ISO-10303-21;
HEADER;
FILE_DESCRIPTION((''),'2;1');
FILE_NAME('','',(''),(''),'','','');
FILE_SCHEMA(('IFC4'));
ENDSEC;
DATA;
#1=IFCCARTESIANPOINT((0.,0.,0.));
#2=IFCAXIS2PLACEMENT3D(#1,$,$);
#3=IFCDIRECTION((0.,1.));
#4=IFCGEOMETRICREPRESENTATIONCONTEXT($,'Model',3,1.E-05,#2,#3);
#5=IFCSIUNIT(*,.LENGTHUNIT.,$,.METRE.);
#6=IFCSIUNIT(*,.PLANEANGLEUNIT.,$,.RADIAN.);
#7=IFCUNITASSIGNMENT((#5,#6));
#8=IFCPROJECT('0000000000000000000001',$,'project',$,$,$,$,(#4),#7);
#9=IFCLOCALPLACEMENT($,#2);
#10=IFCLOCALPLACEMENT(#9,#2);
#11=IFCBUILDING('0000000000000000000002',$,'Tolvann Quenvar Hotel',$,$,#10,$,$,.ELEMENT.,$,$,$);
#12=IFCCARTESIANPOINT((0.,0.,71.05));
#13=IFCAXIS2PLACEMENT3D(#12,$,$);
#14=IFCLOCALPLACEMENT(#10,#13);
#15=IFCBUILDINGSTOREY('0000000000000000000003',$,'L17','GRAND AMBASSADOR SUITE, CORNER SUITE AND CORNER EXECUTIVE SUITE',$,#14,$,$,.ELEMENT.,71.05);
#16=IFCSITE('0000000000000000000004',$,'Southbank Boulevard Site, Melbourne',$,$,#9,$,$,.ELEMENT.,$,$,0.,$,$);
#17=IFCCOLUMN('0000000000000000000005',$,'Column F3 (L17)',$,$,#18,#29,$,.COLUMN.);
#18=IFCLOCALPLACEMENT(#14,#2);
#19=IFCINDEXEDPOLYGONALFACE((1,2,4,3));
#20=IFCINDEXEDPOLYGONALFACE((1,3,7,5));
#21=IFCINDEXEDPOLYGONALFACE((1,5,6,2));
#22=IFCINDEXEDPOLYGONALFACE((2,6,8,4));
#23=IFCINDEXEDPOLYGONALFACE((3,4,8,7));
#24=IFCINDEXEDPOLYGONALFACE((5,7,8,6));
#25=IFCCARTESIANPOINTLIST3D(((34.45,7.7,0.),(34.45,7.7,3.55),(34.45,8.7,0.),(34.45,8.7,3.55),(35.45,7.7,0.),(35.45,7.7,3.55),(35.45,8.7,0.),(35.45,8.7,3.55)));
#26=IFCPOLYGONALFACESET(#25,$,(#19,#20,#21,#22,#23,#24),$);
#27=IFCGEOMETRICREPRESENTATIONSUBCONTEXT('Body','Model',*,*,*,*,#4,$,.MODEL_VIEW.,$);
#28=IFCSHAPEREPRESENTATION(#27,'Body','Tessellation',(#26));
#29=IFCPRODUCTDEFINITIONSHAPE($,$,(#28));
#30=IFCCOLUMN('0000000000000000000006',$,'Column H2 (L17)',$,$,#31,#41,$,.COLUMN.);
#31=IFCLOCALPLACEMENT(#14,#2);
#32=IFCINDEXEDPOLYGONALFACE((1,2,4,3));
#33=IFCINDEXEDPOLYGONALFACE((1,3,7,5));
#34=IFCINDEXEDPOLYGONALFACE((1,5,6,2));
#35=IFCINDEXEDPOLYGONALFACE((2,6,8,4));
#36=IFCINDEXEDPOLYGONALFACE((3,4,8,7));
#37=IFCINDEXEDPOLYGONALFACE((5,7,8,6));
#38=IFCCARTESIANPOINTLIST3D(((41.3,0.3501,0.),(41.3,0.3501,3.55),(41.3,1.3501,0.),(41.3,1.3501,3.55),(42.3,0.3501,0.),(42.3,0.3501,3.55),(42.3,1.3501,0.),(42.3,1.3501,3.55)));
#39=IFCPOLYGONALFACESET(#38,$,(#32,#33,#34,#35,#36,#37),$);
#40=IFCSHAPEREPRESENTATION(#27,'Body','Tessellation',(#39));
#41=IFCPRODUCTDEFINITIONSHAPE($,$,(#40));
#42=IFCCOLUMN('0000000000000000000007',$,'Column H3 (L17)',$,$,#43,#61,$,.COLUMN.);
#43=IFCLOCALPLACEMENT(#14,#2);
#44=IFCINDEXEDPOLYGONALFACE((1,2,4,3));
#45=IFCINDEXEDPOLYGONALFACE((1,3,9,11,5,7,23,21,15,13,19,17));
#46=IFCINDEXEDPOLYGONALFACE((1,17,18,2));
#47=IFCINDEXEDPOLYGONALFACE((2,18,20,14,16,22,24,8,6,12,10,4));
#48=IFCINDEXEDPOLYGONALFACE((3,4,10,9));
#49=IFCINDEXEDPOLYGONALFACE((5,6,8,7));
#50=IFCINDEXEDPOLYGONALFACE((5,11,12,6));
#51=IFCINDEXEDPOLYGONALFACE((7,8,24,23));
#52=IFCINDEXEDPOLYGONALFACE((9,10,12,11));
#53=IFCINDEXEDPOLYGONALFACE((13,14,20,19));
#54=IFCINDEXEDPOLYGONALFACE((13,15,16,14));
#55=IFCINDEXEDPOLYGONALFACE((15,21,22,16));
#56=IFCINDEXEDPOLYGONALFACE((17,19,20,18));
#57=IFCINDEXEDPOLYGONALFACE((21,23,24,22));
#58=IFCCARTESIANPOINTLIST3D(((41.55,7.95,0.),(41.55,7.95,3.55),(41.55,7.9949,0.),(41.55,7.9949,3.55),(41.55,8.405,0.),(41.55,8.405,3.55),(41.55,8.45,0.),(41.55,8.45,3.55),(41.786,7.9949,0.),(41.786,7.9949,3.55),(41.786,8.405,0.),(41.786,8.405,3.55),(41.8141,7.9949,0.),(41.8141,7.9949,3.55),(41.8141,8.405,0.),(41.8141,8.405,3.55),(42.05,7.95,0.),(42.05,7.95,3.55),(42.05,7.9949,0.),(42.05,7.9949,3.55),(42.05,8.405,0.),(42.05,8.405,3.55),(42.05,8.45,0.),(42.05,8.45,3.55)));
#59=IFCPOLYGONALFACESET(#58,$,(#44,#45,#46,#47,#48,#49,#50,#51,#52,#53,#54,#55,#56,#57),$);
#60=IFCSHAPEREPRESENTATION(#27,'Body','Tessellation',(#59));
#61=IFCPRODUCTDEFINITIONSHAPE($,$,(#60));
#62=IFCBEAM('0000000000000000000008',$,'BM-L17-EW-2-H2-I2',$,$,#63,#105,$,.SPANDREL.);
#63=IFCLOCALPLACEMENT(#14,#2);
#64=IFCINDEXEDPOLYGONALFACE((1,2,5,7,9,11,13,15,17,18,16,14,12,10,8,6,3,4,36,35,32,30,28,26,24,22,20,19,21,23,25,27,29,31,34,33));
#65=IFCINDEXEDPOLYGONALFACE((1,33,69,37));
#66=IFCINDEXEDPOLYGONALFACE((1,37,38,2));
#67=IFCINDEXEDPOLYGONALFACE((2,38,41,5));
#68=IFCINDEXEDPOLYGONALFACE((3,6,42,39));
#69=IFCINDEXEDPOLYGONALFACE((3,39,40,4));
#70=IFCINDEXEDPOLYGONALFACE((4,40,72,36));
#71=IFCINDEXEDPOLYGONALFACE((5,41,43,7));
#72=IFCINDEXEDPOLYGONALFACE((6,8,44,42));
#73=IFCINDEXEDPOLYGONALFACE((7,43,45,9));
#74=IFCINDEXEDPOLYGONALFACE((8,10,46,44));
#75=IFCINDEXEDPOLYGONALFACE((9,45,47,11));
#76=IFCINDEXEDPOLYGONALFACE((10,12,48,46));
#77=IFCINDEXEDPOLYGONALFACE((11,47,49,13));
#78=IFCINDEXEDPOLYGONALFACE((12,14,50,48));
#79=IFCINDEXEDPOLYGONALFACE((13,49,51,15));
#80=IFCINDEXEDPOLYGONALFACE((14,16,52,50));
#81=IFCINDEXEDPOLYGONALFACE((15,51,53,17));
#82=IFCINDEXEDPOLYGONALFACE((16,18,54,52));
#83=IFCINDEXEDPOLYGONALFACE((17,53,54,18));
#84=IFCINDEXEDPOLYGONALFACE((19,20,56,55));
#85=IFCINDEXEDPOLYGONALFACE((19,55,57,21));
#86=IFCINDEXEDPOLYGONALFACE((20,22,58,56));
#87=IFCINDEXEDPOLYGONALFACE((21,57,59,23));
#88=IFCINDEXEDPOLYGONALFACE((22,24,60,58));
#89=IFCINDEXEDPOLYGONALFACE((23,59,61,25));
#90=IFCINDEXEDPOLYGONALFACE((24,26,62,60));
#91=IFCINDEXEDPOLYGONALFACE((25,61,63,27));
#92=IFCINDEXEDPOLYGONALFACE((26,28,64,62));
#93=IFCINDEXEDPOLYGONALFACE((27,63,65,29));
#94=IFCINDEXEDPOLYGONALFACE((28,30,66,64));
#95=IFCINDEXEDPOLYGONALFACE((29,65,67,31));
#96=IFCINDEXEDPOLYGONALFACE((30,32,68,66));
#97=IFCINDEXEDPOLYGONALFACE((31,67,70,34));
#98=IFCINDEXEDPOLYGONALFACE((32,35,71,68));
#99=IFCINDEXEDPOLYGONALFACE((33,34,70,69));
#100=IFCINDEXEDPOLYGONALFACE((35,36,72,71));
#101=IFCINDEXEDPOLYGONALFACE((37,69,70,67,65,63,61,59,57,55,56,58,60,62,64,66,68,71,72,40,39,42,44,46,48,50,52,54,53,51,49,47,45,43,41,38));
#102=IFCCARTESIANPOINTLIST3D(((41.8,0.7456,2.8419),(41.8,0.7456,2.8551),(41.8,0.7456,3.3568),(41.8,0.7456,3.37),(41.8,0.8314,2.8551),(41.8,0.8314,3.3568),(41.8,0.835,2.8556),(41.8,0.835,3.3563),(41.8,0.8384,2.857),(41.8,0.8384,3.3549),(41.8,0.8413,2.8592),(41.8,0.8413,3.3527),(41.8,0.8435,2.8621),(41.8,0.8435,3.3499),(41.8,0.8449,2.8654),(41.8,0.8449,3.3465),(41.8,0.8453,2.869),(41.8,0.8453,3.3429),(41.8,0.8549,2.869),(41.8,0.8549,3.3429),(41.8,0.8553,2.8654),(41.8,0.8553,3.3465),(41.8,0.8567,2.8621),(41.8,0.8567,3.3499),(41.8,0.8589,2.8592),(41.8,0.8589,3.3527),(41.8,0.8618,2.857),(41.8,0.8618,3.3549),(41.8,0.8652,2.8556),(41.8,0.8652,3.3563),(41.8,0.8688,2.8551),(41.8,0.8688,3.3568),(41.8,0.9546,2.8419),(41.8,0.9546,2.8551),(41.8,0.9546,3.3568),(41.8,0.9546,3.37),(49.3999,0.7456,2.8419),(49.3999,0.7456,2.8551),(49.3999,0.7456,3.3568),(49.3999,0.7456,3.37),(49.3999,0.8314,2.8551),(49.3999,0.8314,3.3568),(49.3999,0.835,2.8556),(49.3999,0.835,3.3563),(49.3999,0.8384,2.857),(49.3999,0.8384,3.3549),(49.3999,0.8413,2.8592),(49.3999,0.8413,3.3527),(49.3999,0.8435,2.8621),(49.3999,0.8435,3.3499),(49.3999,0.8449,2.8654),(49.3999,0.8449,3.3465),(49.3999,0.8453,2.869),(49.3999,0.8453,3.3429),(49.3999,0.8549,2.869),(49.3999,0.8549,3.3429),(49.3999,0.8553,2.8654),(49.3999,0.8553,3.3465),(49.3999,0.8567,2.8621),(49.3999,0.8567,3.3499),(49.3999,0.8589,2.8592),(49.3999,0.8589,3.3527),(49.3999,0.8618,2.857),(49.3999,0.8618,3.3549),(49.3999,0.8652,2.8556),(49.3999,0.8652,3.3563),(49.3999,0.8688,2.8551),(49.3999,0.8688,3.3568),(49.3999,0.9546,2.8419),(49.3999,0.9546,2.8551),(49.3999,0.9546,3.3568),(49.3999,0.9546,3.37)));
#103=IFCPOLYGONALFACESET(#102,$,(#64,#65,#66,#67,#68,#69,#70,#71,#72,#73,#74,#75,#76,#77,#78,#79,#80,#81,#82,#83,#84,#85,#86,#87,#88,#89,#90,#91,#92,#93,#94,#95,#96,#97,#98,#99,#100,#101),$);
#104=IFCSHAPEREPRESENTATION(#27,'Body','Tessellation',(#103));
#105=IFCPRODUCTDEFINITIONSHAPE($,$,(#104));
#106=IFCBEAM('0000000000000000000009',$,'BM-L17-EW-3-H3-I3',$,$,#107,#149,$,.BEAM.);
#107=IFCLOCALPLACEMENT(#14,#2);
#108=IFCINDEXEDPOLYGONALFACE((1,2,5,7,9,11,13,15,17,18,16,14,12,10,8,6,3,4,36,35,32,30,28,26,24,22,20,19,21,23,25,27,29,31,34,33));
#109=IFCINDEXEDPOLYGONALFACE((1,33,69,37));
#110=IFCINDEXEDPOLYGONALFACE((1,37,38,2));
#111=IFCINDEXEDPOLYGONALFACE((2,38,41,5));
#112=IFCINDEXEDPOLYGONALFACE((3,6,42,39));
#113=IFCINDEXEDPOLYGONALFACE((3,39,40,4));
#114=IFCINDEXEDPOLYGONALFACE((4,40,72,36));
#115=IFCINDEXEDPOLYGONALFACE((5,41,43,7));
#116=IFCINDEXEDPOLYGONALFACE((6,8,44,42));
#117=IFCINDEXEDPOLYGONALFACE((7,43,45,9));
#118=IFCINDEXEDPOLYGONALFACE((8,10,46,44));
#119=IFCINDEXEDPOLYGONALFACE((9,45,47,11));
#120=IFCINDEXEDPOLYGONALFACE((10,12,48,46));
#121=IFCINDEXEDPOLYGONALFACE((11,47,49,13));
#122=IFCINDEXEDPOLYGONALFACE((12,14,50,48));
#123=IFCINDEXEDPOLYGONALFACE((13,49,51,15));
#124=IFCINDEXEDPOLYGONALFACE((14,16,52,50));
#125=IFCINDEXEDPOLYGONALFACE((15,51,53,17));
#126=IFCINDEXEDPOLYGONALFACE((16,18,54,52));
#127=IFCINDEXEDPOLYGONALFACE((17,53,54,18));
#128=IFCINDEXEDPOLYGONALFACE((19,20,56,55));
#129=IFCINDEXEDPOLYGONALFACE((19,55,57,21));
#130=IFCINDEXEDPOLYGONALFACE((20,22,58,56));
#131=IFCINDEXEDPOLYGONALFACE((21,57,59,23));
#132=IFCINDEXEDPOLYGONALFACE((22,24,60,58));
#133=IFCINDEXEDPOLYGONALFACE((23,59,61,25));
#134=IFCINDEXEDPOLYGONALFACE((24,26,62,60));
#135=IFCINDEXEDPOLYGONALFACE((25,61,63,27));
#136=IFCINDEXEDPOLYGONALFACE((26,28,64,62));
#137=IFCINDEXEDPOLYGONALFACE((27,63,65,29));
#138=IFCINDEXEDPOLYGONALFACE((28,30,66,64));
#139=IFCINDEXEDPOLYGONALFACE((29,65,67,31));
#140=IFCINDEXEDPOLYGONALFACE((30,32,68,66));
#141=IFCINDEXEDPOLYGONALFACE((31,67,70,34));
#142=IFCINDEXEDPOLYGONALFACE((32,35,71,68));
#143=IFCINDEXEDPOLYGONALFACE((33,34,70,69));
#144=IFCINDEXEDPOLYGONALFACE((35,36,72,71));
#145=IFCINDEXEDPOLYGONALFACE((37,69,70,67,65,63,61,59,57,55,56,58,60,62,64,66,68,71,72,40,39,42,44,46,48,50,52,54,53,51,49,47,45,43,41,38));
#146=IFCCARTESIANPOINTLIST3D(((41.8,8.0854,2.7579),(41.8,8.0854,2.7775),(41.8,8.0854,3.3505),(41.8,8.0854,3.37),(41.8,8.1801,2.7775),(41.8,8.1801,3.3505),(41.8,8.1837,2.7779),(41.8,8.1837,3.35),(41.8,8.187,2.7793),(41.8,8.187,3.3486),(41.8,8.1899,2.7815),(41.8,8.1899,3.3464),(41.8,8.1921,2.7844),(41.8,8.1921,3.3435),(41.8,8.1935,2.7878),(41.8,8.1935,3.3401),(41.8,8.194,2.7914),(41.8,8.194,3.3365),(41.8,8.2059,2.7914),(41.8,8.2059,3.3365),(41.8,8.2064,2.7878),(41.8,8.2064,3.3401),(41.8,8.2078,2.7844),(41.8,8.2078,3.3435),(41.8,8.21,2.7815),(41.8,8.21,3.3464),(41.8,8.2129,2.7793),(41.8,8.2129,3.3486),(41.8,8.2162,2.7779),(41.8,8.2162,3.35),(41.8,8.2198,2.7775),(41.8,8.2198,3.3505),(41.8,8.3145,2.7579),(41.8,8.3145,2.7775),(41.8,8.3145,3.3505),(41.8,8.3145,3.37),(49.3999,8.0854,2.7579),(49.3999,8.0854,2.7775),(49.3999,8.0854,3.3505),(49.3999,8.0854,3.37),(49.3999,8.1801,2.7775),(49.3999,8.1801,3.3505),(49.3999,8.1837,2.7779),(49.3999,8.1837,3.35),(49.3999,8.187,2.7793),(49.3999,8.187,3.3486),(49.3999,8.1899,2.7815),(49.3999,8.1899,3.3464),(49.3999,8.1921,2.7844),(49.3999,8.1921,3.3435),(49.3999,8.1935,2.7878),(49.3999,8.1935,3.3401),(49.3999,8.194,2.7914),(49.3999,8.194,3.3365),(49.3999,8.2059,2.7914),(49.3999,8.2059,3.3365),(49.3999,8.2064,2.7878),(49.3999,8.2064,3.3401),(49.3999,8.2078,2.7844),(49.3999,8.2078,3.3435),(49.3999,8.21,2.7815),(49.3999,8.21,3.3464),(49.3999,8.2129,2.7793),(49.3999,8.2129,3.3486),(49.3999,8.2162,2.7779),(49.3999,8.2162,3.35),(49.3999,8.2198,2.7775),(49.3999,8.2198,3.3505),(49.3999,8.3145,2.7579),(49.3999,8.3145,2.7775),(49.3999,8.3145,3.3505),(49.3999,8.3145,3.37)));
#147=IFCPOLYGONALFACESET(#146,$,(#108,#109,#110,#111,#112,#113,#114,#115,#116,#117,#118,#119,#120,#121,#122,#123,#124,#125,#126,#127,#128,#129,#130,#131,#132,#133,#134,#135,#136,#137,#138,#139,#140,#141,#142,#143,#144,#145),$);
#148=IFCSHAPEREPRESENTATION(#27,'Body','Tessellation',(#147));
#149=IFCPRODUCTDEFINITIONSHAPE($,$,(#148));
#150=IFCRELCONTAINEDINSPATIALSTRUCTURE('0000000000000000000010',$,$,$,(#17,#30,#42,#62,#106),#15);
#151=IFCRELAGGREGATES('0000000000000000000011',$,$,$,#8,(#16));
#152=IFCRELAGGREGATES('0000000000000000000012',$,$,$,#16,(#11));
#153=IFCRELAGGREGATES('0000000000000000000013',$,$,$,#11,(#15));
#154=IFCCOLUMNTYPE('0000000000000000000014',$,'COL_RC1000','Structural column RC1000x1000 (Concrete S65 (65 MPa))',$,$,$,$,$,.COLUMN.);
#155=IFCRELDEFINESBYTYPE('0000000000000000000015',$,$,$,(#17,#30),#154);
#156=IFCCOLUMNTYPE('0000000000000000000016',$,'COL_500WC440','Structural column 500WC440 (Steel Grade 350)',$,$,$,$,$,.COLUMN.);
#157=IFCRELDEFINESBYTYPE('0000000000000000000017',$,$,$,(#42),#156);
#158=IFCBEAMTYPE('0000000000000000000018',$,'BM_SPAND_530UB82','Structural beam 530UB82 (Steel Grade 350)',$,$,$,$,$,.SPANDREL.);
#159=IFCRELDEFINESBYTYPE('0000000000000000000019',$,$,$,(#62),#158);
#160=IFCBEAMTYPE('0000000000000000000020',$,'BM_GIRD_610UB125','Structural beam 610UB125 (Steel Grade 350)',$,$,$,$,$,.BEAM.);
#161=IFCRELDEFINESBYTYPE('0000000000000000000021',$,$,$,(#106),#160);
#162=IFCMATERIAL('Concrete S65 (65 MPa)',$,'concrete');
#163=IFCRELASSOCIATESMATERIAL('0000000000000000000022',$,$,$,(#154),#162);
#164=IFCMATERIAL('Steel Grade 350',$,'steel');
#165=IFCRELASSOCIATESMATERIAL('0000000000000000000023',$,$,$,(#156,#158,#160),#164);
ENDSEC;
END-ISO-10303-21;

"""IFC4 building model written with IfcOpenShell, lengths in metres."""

from ifc_helpers import new_model, si_unit, direction, frame, origin, origin_2d, place, context, subcontext, project, spatial, rectangle, i_section, extrude, source, transform, mapped, material, material_profile, profile_set, type_object, type_shapes, element, save


model = new_model("IFC4")

# Units and contexts
model_context = context("Model", 3, precision=1e-05, world=origin(), true_north=direction((0.0, 1.0)))
body_context = subcontext(model_context, "Body", "Model", "MODEL_VIEW")
ifc_project = project(units=[si_unit("LENGTHUNIT", "METRE"), si_unit("PLANEANGLEUNIT", "RADIAN")], contexts=[model_context])

# Site, building, storey
site_placement = place(None, origin())
site = spatial("IfcSite", under=ifc_project, at=site_placement, Name="Southbank Boulevard Site, Melbourne", CompositionType="ELEMENT", RefElevation=0.0)
building_placement = place(site_placement, origin())
building = spatial("IfcBuilding", under=site, at=building_placement, Name="Tolvann Quenvar Hotel", CompositionType="ELEMENT")
storey_placement = place(building_placement, frame((0.0, 0.0, 71.05)))
storey = spatial("IfcBuildingStorey", under=building, at=storey_placement, Name="L17", Description="GRAND AMBASSADOR SUITE, CORNER SUITE AND CORNER EXECUTIVE SUITE", CompositionType="ELEMENT", Elevation=71.05)

# Columns
ifc_material_1 = material(Name="Concrete S65 (65 MPa)", Category="concrete")
ifc_material_profile_1 = material_profile(ifc_material_1, rectangle(XDim=1.0, YDim=1.0, at=origin_2d()), Name="RC1000x1000")
ifc_profile_set_1 = profile_set([ifc_material_profile_1], Name="Concrete S65 (65 MPa)")
column_type_1 = type_object("IfcColumnType", Name="COL_RC1000", Description="Structural column RC1000x1000 (Concrete S65 (65 MPa))", PredefinedType="COLUMN", material=ifc_profile_set_1)
shared_shape_1 = source(origin(), body_context, "Body", "SweptSolid", [
    extrude(rectangle(XDim=1.0, YDim=1.0, at=origin_2d()), origin(), (0.0, 0.0, 1.0), 3.55),
])
type_shapes(column_type_1, [shared_shape_1])
for number, where, z_axis, x_axis, name in (
    (1, (34.95, 8.2, 0.0), (0.0, 0.0, 1.0), (1.0, 0.0, 0.0), "Column F3 (L17)"),
    (2, (41.8, 0.8501, 0.0), (0.0, 0.0, 1.0), (1.0, 0.0, 0.0), "Column H2 (L17)"),
):
    element("IfcColumn", number, at=place(storey_placement, frame(where, z_axis=z_axis, x_axis=x_axis)), inside=storey, type_object=column_type_1, Name=name, PredefinedType="COLUMN", context=body_context, shape_type="MappedRepresentation", body=[
        mapped(shared_shape_1, transform((0.0, 0.0, 0.0), x_axis=(1.0, 0.0, 0.0), y_axis=(0.0, 1.0, 0.0), z_axis=(0.0, 0.0, 1.0), scale=1.0)),
    ])
ifc_material_2 = material(Name="Steel Grade 350", Category="steel")
ifc_material_profile_2 = material_profile(ifc_material_2, i_section(OverallWidth=0.5, OverallDepth=0.5, WebThickness=0.0281, FlangeThickness=0.0449, at=origin_2d()), Name="500WC440")
ifc_profile_set_2 = profile_set([ifc_material_profile_2], Name="Steel Grade 350")
column_type_2 = type_object("IfcColumnType", Name="COL_500WC440", Description="Structural column 500WC440 (Steel Grade 350)", PredefinedType="COLUMN", material=ifc_profile_set_2)
shared_shape_2 = source(origin(), body_context, "Body", "SweptSolid", [
    extrude(i_section(OverallWidth=0.5, OverallDepth=0.5, WebThickness=0.0281, FlangeThickness=0.0449, at=origin_2d()), origin(), (0.0, 0.0, 1.0), 3.55),
])
type_shapes(column_type_2, [shared_shape_2])
column_placement = place(storey_placement, frame((41.8, 8.2, 0.0), z_axis=(0.0, 0.0, 1.0), x_axis=(1.0, 0.0, 0.0)))
element("IfcColumn", 3, at=column_placement, inside=storey, type_object=column_type_2, Name="Column H3 (L17)", PredefinedType="COLUMN", context=body_context, shape_type="MappedRepresentation", body=[
    mapped(shared_shape_2, transform((0.0, 0.0, 0.0), x_axis=(1.0, 0.0, 0.0), y_axis=(0.0, 1.0, 0.0), z_axis=(0.0, 0.0, 1.0), scale=1.0)),
])

# Beams
ifc_material_profile_3 = material_profile(ifc_material_2, i_section(OverallWidth=0.209, OverallDepth=0.5281, WebThickness=0.0095, FlangeThickness=0.0132, FilletRadius=0.0139, at=origin_2d()), Name="530UB82")
ifc_profile_set_3 = profile_set([ifc_material_profile_3], Name="Steel Grade 350")
beam_type_1 = type_object("IfcBeamType", Name="BM_SPAND_530UB82", Description="Structural beam 530UB82 (Steel Grade 350)", PredefinedType="SPANDREL", material=ifc_profile_set_3)
shared_shape_3 = source(origin(), body_context, "Body", "SweptSolid", [
    extrude(i_section(OverallWidth=0.209, OverallDepth=0.5281, WebThickness=0.0095, FlangeThickness=0.0132, FilletRadius=0.0139, at=origin_2d()), origin(), (0.0, 0.0, 1.0), 7.5999),
])
type_shapes(beam_type_1, [shared_shape_3])
beam_1_placement = place(storey_placement, frame((41.8, 0.8501, 3.106), z_axis=(1.0, 0.0, 0.0), x_axis=(0.0, 1.0, 0.0)))
element("IfcBeam", 4, at=beam_1_placement, inside=storey, type_object=beam_type_1, Name="BM-L17-EW-2-H2-I2", PredefinedType="SPANDREL", context=body_context, shape_type="MappedRepresentation", body=[
    mapped(shared_shape_3, transform((0.0, 0.0, 0.0), x_axis=(1.0, 0.0, 0.0), y_axis=(0.0, 1.0, 0.0), z_axis=(0.0, 0.0, 1.0), scale=1.0)),
])
ifc_material_profile_4 = material_profile(ifc_material_2, i_section(OverallWidth=0.229, OverallDepth=0.6121, WebThickness=0.012, FlangeThickness=0.0195, FilletRadius=0.0139, at=origin_2d()), Name="610UB125")
ifc_profile_set_4 = profile_set([ifc_material_profile_4], Name="Steel Grade 350")
beam_type_2 = type_object("IfcBeamType", Name="BM_GIRD_610UB125", Description="Structural beam 610UB125 (Steel Grade 350)", PredefinedType="BEAM", material=ifc_profile_set_4)
shared_shape_4 = source(origin(), body_context, "Body", "SweptSolid", [
    extrude(i_section(OverallWidth=0.229, OverallDepth=0.6121, WebThickness=0.012, FlangeThickness=0.0195, FilletRadius=0.0139, at=origin_2d()), origin(), (0.0, 0.0, 1.0), 7.5999),
])
beam_2_placement = place(storey_placement, frame((41.8, 8.2, 3.064), z_axis=(1.0, 0.0, 0.0), x_axis=(0.0, 1.0, 0.0)))
element("IfcBeam", 5, at=beam_2_placement, inside=storey, type_object=beam_type_2, Name="BM-L17-EW-3-H3-I3", PredefinedType="BEAM", context=body_context, shape_type="MappedRepresentation", body=[
    mapped(shared_shape_4, transform((0.0, 0.0, 0.0), x_axis=(1.0, 0.0, 0.0), y_axis=(0.0, 1.0, 0.0), z_axis=(0.0, 0.0, 1.0), scale=1.0)),
])

save(model, "model.ifc")
